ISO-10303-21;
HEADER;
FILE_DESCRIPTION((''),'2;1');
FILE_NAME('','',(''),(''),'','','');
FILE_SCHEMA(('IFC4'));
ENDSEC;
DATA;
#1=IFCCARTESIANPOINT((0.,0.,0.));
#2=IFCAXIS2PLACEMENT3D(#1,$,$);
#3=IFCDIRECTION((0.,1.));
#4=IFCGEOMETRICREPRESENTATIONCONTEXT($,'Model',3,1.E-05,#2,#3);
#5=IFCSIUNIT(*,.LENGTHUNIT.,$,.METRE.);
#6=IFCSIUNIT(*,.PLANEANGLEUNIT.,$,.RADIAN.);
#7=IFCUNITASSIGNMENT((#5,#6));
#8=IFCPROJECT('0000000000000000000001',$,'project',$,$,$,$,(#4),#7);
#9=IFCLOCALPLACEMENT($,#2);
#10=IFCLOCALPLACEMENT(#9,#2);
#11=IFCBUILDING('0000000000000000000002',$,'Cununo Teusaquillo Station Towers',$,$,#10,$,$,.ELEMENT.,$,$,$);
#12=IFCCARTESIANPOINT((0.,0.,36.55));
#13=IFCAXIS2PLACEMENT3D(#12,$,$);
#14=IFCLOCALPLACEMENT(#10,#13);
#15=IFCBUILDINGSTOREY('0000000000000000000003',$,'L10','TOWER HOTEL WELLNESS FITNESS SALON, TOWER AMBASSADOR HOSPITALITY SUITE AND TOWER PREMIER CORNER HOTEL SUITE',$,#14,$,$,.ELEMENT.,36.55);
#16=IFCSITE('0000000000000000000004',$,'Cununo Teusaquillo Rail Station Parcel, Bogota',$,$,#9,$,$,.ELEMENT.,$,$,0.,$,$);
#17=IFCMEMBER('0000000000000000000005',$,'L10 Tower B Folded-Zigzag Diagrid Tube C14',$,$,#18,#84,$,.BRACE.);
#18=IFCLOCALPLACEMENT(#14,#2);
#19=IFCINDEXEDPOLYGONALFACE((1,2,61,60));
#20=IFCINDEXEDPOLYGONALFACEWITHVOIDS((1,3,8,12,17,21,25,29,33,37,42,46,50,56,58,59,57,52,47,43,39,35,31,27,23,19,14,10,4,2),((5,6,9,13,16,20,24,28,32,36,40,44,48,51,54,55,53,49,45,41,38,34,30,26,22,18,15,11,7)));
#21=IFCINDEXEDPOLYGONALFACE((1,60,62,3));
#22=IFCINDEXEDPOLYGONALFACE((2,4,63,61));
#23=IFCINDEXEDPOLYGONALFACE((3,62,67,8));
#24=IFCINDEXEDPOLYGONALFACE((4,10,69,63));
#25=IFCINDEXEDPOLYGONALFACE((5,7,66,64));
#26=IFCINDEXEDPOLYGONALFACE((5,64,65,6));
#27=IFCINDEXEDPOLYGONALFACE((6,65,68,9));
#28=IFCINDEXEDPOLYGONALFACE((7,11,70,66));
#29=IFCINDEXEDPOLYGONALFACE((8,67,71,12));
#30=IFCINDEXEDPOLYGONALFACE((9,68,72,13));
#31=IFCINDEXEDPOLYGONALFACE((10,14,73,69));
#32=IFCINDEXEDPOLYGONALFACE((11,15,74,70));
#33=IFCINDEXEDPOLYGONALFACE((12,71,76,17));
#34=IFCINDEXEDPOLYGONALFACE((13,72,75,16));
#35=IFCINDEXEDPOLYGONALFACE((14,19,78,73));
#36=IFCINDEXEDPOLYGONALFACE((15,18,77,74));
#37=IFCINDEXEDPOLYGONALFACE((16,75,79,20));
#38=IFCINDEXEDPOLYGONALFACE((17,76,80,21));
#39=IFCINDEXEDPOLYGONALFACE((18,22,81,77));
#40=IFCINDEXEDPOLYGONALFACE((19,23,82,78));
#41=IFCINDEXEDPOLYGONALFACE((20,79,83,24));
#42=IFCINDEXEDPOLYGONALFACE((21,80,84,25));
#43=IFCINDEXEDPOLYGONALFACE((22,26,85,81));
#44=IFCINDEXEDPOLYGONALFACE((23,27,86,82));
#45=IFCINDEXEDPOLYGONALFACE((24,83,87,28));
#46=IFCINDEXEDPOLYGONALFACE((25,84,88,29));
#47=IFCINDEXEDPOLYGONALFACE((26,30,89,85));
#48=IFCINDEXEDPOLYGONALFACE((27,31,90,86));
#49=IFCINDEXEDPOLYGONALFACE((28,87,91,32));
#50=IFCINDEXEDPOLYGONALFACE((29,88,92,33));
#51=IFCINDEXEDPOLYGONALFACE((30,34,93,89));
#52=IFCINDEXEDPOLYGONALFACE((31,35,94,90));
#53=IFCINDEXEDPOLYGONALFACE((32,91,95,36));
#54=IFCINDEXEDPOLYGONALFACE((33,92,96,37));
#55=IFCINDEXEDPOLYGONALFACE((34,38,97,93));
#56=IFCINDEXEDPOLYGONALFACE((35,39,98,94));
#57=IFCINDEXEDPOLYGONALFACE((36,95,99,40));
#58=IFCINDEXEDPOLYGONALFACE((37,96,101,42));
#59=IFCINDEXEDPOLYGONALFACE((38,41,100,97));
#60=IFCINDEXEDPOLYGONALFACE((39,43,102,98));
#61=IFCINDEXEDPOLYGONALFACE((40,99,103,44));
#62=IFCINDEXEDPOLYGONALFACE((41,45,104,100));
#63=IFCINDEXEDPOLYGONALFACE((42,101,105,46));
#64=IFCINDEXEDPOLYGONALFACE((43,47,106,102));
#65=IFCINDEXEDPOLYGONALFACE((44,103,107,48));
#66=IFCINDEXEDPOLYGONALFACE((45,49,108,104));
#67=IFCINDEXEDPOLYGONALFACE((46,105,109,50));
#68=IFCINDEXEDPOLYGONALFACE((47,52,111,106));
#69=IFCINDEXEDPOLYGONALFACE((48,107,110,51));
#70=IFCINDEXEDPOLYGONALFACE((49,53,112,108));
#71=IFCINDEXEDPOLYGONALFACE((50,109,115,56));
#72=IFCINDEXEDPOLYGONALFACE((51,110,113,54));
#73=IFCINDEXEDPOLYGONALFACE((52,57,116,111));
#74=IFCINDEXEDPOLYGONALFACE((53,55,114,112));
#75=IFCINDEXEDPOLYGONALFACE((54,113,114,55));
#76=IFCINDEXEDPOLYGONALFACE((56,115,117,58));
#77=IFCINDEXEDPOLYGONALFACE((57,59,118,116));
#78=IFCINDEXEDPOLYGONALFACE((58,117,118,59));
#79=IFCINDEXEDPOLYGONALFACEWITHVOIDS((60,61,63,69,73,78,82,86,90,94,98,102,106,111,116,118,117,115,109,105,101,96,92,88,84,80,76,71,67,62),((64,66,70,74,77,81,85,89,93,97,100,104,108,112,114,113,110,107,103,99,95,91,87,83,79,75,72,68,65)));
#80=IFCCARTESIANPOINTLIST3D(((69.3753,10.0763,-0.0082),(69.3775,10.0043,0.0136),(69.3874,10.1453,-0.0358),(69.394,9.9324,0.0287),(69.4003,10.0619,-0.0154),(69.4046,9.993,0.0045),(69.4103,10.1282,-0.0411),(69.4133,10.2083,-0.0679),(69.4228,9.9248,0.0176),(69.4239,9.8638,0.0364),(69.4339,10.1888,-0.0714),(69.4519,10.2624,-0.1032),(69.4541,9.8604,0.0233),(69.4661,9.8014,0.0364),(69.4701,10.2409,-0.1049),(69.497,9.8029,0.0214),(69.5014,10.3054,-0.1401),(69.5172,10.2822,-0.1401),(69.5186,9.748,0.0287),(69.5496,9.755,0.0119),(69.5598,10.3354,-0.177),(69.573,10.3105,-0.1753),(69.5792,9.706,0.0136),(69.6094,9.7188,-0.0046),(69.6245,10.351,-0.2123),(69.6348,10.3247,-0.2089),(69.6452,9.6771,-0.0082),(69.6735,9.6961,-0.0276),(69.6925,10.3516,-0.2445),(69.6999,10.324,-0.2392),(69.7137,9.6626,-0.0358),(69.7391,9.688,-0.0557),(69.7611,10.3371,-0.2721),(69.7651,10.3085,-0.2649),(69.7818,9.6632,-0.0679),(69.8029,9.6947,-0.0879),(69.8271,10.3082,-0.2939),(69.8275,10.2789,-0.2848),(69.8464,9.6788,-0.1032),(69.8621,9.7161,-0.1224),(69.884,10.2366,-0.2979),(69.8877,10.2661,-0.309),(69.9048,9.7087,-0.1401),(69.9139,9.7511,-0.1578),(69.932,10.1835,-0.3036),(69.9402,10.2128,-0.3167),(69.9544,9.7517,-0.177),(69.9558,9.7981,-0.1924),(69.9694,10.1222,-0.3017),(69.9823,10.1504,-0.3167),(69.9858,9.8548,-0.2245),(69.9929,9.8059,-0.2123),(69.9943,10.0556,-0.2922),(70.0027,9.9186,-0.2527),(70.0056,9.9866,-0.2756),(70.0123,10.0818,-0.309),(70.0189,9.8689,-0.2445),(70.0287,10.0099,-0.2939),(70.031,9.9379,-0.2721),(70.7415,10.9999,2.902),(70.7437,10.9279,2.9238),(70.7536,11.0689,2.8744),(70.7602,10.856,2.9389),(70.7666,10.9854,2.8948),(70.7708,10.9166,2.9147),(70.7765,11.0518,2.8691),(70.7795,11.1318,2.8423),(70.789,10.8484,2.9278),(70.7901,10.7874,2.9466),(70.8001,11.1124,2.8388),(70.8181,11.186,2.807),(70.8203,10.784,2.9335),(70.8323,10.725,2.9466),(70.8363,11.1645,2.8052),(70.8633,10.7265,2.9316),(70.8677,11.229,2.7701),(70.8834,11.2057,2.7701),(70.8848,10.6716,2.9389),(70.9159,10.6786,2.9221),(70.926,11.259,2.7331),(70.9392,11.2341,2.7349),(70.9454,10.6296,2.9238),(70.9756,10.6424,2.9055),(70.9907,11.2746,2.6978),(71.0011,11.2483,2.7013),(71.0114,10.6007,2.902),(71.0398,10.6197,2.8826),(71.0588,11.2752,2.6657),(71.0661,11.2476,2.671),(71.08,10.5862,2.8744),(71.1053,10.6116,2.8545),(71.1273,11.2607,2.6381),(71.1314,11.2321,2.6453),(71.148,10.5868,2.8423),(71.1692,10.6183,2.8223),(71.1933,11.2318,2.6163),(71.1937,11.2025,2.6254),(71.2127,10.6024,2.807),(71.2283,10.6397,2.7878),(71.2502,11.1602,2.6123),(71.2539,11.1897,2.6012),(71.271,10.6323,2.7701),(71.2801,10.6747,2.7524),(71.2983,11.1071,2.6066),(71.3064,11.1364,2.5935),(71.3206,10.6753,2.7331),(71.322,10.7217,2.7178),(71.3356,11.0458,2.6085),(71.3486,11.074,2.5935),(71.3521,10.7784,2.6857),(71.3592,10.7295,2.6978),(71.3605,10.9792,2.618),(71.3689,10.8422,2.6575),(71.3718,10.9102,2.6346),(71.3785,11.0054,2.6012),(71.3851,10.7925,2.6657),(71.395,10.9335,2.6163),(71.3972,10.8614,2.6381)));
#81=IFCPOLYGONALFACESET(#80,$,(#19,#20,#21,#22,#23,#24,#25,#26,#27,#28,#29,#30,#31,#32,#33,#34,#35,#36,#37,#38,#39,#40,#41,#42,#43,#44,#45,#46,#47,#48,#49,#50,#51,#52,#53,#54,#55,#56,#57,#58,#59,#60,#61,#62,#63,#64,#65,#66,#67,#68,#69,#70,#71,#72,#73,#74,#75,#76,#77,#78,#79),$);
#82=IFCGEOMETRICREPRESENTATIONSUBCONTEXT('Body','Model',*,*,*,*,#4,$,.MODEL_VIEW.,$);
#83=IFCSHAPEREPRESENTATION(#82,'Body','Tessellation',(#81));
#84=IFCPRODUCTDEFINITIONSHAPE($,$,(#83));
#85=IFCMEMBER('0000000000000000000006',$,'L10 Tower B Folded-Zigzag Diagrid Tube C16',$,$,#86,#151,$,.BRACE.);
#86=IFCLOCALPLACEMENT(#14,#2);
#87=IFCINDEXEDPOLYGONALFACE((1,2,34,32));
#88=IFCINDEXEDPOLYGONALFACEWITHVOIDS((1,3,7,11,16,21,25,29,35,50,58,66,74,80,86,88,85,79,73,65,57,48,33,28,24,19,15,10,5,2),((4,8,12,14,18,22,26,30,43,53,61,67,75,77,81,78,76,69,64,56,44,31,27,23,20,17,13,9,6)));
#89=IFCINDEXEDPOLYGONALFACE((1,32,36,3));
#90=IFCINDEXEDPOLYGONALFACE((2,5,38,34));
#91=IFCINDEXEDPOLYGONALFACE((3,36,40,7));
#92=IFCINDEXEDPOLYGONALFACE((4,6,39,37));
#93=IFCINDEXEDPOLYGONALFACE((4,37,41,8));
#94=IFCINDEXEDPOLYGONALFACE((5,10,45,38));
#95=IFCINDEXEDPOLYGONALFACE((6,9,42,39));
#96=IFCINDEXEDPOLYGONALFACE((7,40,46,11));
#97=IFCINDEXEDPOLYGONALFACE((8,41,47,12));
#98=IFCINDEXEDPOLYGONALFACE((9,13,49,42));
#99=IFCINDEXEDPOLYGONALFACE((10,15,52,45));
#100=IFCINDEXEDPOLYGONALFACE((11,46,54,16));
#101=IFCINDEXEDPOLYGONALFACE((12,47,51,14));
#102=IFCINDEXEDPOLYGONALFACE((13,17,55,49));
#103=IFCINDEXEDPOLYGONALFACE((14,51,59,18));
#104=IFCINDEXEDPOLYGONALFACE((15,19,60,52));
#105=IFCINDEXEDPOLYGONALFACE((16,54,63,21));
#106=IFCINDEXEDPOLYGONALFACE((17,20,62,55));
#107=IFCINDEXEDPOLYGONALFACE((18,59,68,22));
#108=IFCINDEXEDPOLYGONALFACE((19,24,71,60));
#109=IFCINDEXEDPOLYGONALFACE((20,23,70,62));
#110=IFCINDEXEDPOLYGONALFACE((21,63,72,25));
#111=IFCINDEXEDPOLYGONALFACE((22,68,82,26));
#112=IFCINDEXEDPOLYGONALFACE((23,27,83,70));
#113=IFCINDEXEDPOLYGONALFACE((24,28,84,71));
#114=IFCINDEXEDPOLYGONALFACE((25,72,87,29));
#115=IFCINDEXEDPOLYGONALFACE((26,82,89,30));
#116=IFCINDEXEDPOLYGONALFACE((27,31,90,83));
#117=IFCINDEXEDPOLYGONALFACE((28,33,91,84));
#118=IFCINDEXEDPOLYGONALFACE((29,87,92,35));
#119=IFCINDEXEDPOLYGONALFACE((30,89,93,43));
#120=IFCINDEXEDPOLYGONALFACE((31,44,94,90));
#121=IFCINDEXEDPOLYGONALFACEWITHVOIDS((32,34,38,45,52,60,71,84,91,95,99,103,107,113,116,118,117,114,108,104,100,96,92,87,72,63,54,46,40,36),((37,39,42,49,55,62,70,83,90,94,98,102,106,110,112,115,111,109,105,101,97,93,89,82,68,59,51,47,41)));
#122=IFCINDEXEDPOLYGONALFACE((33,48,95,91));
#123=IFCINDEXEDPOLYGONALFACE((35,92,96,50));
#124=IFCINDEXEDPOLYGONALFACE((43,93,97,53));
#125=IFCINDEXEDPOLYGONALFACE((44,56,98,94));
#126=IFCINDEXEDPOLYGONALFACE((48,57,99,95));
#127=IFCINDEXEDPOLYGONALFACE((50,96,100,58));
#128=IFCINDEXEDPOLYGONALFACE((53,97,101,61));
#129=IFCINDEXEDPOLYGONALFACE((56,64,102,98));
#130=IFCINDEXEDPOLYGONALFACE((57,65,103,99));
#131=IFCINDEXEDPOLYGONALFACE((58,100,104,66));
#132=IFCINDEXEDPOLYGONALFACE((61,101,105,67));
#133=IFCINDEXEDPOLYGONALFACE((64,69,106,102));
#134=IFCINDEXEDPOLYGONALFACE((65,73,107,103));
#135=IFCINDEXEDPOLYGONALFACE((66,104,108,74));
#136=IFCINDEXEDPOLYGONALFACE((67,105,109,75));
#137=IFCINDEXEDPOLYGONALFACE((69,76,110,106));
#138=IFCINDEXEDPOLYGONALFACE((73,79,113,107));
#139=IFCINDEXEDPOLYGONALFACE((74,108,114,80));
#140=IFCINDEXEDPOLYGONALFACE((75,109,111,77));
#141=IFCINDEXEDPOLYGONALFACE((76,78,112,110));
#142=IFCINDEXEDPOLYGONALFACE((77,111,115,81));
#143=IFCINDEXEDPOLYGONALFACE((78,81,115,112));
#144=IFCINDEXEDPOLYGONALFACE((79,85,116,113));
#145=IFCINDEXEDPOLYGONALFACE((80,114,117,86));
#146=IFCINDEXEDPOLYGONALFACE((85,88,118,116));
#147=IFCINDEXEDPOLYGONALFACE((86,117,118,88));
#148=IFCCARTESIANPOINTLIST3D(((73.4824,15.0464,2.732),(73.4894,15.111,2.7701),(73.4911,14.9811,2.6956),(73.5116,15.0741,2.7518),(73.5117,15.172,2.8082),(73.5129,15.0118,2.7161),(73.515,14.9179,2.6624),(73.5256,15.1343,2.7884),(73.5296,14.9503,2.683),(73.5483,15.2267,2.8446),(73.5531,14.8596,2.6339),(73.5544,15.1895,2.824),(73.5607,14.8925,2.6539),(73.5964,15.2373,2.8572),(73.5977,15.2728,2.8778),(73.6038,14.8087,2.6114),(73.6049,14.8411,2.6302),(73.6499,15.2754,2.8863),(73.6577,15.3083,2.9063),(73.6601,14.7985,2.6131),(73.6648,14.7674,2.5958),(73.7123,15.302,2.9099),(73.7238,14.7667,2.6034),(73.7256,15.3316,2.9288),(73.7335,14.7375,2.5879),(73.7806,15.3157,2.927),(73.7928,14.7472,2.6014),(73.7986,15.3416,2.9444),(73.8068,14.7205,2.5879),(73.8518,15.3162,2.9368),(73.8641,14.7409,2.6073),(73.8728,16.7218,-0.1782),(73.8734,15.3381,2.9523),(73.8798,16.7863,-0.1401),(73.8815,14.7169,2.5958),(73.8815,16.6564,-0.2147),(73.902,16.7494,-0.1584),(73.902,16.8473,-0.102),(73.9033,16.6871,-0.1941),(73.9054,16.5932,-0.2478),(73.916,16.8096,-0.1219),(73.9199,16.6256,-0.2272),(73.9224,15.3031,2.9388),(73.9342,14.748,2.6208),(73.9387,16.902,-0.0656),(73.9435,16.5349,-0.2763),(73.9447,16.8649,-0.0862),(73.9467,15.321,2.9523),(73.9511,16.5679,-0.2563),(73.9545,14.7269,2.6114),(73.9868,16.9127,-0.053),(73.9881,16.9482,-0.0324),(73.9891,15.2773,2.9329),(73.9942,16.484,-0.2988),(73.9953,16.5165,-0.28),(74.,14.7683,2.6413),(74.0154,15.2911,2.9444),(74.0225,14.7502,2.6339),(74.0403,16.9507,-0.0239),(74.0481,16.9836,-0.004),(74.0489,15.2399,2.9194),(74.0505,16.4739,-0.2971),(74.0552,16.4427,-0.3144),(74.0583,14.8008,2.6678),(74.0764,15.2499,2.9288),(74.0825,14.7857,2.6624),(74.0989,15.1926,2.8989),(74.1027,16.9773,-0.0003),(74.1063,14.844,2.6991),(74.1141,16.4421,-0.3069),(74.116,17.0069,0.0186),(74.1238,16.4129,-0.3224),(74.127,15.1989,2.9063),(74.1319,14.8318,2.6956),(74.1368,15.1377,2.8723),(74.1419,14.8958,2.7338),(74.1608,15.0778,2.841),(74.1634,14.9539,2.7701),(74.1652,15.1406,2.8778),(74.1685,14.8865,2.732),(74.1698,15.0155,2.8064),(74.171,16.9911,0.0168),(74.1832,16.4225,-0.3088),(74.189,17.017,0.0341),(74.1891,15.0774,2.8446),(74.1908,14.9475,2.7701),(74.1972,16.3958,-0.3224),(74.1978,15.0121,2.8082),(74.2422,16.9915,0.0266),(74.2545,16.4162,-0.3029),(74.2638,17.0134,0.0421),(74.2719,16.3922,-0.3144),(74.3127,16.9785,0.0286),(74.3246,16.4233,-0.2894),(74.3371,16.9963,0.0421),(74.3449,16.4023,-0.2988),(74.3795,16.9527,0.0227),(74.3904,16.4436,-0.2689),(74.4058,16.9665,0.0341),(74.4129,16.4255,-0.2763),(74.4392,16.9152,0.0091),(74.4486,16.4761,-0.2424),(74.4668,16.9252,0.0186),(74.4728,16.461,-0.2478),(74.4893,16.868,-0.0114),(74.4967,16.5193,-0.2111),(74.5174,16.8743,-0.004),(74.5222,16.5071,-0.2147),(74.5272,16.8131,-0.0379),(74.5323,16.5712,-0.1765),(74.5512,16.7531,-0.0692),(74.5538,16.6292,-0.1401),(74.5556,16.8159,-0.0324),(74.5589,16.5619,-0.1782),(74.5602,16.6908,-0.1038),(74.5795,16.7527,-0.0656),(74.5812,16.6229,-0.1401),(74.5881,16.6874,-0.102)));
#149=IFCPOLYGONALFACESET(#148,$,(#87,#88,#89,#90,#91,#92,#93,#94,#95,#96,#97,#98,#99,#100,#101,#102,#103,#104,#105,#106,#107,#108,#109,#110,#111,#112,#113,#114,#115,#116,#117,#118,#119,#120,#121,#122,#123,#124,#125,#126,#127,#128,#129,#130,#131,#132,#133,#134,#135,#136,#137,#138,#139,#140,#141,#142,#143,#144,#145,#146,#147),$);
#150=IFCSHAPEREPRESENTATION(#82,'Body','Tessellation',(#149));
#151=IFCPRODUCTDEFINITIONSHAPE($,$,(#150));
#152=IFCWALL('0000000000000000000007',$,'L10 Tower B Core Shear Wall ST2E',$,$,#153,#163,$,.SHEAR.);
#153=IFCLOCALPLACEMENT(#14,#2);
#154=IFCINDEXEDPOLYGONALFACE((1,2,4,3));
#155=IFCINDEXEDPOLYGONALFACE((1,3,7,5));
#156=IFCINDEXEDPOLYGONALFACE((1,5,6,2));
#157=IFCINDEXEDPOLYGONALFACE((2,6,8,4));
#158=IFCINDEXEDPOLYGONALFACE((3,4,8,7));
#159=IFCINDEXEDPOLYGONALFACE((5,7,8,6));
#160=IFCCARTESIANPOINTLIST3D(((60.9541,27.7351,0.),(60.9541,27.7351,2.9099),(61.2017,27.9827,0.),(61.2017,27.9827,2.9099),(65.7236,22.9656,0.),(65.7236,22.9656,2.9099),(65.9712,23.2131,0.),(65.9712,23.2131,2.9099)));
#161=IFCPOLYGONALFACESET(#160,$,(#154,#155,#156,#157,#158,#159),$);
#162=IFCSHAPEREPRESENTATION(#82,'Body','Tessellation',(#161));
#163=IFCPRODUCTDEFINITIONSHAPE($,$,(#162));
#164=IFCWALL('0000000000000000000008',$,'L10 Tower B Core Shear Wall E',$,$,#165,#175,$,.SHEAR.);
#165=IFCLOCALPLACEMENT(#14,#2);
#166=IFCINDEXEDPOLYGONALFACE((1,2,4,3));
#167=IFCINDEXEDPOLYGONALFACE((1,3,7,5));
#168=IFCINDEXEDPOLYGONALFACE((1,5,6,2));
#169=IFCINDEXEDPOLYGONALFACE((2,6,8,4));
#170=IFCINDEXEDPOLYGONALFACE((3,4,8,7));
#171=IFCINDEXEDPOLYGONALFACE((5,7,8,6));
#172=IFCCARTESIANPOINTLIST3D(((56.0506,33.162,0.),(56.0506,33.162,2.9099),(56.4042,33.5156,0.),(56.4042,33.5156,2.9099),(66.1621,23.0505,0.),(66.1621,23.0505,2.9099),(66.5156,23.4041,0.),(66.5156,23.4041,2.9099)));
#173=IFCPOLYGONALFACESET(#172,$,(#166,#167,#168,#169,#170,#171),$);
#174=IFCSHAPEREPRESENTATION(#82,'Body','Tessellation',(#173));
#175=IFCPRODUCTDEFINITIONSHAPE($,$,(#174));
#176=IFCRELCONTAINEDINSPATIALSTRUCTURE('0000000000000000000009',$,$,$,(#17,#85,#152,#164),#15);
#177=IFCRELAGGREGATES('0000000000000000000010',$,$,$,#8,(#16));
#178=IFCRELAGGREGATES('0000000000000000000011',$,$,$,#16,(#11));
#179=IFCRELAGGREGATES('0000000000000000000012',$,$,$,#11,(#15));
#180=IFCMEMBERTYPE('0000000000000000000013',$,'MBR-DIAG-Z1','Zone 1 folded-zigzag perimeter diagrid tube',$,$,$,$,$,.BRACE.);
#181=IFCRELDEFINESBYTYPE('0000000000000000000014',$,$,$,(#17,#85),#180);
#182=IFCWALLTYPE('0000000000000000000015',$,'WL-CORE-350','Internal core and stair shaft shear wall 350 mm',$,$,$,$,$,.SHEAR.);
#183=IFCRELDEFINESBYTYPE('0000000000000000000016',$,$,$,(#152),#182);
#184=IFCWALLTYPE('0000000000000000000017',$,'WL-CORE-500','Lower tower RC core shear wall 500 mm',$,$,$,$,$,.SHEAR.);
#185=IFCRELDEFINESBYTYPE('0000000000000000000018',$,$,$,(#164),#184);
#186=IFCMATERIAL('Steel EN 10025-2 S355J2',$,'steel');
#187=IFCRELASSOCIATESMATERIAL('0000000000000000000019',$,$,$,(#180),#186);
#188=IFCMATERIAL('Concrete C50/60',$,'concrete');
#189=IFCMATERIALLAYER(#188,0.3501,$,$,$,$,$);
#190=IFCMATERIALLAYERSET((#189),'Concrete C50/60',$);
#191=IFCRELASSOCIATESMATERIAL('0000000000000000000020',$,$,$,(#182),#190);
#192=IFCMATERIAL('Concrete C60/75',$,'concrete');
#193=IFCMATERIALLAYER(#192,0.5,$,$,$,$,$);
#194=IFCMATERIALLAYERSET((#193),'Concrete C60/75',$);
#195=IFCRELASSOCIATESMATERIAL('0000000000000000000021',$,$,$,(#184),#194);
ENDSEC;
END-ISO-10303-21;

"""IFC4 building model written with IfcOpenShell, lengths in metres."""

from ifc_helpers import new_model, si_unit, direction, frame, frame_2d, origin, origin_2d, place, context, subcontext, project, spatial, rectangle, hollow_circle, extrude, material, layer, layer_set, material_profile, profile_set, type_object, element, save


model = new_model("IFC4")

# Units and contexts
model_context = context("Model", 3, precision=1e-05, world=origin(), true_north=direction((0.0, 1.0)))
body_context = subcontext(model_context, "Body", "Model", "MODEL_VIEW")
ifc_project = project(units=[si_unit("LENGTHUNIT", "METRE"), si_unit("PLANEANGLEUNIT", "RADIAN")], contexts=[model_context])

# Site, building, storey
site_placement = place(None, origin())
site = spatial("IfcSite", under=ifc_project, at=site_placement, Name="Cununo Teusaquillo Rail Station Parcel, Bogota", CompositionType="ELEMENT", RefElevation=0.0)
building_placement = place(site_placement, origin())
building = spatial("IfcBuilding", under=site, at=building_placement, Name="Cununo Teusaquillo Station Towers", CompositionType="ELEMENT")
storey_placement = place(building_placement, frame((0.0, 0.0, 36.55)))
storey = spatial("IfcBuildingStorey", under=building, at=storey_placement, Name="L10", Description="TOWER HOTEL WELLNESS FITNESS SALON, TOWER AMBASSADOR HOSPITALITY SUITE AND TOWER PREMIER CORNER HOTEL SUITE", CompositionType="ELEMENT", Elevation=36.55)

# Members
ifc_material_1 = material(Name="Steel EN 10025-2 S355J2", Category="steel")
ifc_material_profile_1 = material_profile(ifc_material_1, hollow_circle(Radius=0.3601, WallThickness=0.0281, at=origin_2d()), Name="CHS 720x28")
ifc_profile_set_1 = profile_set([ifc_material_profile_1], Name="Steel EN 10025-2 S355J2")
member_type = type_object("IfcMemberType", Name="MBR-DIAG-Z1", Description="Zone 1 folded-zigzag perimeter diagrid tube", PredefinedType="BRACE", material=ifc_profile_set_1)
member_1_placement = place(storey_placement, frame((69.7031, 10.0071, -0.1401), z_axis=(0.408442, 0.276115, 0.87002), x_axis=(-0.560052, 0.828457, 0.0)))
element("IfcMember", 1, at=member_1_placement, inside=storey, type_object=member_type, Name="L10 Tower B Folded-Zigzag Diagrid Tube C14", PredefinedType="BRACE", context=body_context, shape_type="SweptSolid", body=[
    extrude(hollow_circle(Radius=0.3601, WallThickness=0.0281, at=origin_2d()), origin(), (0.0, 0.0, 1.0), 3.345),
])
member_2_placement = place(storey_placement, frame((74.2305, 16.7046, -0.1401), z_axis=(-0.115479, -0.49557, 0.860857), x_axis=(0.973908, -0.226942, 0.0)))
element("IfcMember", 2, at=member_2_placement, inside=storey, type_object=member_type, Name="L10 Tower B Folded-Zigzag Diagrid Tube C16", PredefinedType="BRACE", context=body_context, shape_type="SweptSolid", body=[
    extrude(hollow_circle(Radius=0.3601, WallThickness=0.0281, at=origin_2d()), origin(), (0.0, 0.0, 1.0), 3.3806),
])

# Walls
ifc_material_2 = material(Name="Concrete C50/60", Category="concrete")
ifc_layer_1 = layer(ifc_material_2, 0.3501)
ifc_layer_set_1 = layer_set([ifc_layer_1], Name="Concrete C50/60")
wall_type_1 = type_object("IfcWallType", Name="WL-CORE-350", Description="Internal core and stair shaft shear wall 350 mm", PredefinedType="SHEAR", material=ifc_layer_set_1)
wall_1_placement = place(storey_placement, frame((65.8474, 23.0894, 0.0), z_axis=(0.0, 0.0, 1.0), x_axis=(-0.707107, 0.707107, 0.0)))
element("IfcWall", 3, at=wall_1_placement, inside=storey, type_object=wall_type_1, Name="L10 Tower B Core Shear Wall ST2E", PredefinedType="SHEAR", context=body_context, shape_type="SweptSolid", body=[
    extrude(rectangle(XDim=6.7451, YDim=0.3501, at=frame_2d((3.3726, 0.0))), origin(), (0.0, 0.0, 1.0), 2.9099),
])
ifc_material_3 = material(Name="Concrete C60/75", Category="concrete")
ifc_layer_2 = layer(ifc_material_3, 0.5)
ifc_layer_set_2 = layer_set([ifc_layer_2], Name="Concrete C60/75")
wall_type_2 = type_object("IfcWallType", Name="WL-CORE-500", Description="Lower tower RC core shear wall 500 mm", PredefinedType="SHEAR", material=ifc_layer_set_2)
wall_2_placement = place(storey_placement, frame((66.3389, 23.2273, 0.0), z_axis=(0.0, 0.0, 1.0), x_axis=(-0.707107, 0.707107, 0.0)))
element("IfcWall", 4, at=wall_2_placement, inside=storey, type_object=wall_type_2, Name="L10 Tower B Core Shear Wall E", PredefinedType="SHEAR", context=body_context, shape_type="SweptSolid", body=[
    extrude(rectangle(XDim=14.2998, YDim=0.5, at=frame_2d((7.1499, 0.0))), origin(), (0.0, 0.0, 1.0), 2.9099),
])

save(model, "model.ifc")
